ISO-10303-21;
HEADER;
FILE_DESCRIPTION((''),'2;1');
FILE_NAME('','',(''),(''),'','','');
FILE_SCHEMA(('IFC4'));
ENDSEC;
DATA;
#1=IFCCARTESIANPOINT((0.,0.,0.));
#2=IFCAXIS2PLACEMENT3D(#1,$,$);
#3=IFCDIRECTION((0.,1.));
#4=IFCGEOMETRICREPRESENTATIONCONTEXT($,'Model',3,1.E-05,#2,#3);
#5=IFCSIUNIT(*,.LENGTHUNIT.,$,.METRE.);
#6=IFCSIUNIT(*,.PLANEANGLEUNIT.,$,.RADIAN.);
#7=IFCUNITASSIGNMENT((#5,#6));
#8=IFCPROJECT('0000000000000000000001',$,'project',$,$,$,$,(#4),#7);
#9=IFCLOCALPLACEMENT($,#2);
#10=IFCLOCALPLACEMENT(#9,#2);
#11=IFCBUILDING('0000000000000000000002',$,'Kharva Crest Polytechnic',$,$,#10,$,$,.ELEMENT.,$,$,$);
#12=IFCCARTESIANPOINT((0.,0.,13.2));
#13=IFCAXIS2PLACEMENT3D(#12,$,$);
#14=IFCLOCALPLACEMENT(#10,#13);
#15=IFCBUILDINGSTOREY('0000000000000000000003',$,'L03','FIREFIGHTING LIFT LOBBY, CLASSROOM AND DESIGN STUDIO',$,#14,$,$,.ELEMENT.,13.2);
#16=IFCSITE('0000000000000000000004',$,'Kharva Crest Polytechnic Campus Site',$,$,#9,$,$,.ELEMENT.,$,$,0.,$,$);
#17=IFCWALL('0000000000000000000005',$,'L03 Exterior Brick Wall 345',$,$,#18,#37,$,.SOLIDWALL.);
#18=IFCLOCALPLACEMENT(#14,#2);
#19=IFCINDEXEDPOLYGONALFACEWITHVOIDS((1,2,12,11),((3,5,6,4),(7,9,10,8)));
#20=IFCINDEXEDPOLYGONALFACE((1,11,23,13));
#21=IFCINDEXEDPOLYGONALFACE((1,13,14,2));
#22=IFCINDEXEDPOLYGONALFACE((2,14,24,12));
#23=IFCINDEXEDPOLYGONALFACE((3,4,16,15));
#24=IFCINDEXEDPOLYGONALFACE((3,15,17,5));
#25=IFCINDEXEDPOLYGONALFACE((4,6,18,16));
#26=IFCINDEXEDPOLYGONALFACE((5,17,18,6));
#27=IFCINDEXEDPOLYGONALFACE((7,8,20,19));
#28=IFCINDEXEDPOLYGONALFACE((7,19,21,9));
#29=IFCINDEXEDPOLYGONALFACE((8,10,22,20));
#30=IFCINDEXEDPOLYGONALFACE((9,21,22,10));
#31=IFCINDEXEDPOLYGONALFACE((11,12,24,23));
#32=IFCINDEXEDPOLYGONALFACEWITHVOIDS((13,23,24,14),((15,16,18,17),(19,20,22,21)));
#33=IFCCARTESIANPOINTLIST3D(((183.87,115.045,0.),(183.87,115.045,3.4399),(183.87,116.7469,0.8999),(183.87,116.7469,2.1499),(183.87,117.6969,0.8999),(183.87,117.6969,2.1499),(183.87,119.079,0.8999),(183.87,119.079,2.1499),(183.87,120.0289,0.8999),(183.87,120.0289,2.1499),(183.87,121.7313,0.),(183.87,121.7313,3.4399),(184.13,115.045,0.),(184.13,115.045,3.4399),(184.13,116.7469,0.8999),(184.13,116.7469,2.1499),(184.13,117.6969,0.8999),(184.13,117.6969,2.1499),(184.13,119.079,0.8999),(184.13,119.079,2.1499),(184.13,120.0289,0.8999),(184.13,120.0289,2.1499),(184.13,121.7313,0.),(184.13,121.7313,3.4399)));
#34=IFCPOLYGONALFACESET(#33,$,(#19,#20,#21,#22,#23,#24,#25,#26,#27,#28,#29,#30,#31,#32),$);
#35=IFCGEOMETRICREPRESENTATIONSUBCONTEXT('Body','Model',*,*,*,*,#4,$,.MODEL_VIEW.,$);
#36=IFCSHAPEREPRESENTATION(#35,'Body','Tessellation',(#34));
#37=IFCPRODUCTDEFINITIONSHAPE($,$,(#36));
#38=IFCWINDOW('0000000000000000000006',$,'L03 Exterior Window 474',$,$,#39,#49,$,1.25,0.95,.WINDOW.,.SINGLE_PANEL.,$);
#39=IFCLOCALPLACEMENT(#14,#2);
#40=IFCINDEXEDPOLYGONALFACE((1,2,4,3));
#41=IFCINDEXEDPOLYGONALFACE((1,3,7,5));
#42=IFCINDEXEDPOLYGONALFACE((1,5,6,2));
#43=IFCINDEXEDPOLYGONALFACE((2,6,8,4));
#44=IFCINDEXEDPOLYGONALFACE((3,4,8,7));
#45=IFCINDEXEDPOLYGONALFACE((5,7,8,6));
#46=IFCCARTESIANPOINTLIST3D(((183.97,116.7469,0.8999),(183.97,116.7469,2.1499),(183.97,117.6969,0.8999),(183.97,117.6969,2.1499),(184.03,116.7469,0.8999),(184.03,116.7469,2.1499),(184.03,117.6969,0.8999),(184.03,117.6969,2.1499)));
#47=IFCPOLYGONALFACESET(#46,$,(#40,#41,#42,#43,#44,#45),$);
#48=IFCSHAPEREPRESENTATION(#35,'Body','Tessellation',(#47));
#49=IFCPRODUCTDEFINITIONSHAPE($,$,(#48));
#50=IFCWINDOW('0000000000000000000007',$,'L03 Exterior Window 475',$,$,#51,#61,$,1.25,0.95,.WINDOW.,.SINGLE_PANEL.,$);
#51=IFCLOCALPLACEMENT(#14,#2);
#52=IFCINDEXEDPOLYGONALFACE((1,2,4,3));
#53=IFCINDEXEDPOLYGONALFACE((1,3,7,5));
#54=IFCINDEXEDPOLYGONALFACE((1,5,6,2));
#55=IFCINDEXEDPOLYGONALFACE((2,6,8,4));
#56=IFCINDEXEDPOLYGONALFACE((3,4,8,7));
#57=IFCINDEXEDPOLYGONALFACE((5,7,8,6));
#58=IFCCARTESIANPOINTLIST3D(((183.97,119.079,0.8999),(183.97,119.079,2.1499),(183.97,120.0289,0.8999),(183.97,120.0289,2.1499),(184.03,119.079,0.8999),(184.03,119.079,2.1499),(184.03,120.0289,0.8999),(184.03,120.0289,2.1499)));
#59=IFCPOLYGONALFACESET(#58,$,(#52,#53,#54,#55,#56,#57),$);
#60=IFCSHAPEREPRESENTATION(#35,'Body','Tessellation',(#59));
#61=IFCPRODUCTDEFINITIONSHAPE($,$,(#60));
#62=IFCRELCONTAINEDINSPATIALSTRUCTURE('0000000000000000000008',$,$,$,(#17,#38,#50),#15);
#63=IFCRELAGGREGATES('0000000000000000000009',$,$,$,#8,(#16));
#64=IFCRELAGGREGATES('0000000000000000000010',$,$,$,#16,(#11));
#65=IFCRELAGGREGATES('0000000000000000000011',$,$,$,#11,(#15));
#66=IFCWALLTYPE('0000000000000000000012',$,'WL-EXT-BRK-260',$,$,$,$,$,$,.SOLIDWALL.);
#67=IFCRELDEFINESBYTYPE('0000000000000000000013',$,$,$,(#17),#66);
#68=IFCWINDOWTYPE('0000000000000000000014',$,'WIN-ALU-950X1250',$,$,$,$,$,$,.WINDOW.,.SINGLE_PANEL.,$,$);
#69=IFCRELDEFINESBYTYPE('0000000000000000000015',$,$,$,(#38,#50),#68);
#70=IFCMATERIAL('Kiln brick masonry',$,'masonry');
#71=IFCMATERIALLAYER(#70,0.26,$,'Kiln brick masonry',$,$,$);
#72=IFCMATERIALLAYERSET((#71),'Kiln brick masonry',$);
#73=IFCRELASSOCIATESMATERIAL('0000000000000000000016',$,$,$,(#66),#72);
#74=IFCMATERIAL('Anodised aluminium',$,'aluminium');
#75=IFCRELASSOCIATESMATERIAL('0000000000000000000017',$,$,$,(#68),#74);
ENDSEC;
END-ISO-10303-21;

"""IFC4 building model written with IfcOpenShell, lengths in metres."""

from ifc_helpers import new_model, si_unit, direction, frame, frame_2d, origin, place, context, subcontext, project, spatial, rectangle, extrude, material, layer, layer_set, type_object, element, fill, save


model = new_model("IFC4")

# Units and contexts
model_context = context("Model", 3, precision=1e-05, world=origin(), true_north=direction((0.0, 1.0)))
body_context = subcontext(model_context, "Body", "Model", "MODEL_VIEW")
ifc_project = project(units=[si_unit("LENGTHUNIT", "METRE"), si_unit("PLANEANGLEUNIT", "RADIAN")], contexts=[model_context])

# Site, building, storey
site_placement = place(None, origin())
site = spatial("IfcSite", under=ifc_project, at=site_placement, Name="Kharva Crest Polytechnic Campus Site", CompositionType="ELEMENT", RefElevation=0.0)
building_placement = place(site_placement, origin())
building = spatial("IfcBuilding", under=site, at=building_placement, Name="Kharva Crest Polytechnic", CompositionType="ELEMENT")
storey_placement = place(building_placement, frame((0.0, 0.0, 13.2)))
storey = spatial("IfcBuildingStorey", under=building, at=storey_placement, Name="L03", Description="FIREFIGHTING LIFT LOBBY, CLASSROOM AND DESIGN STUDIO", CompositionType="ELEMENT", Elevation=13.2)

# Wall, openings, windows
ifc_material_1 = material(Name="Kiln brick masonry", Category="masonry")
ifc_layer_1 = layer(ifc_material_1, 0.26, Name="Kiln brick masonry")
ifc_layer_set_1 = layer_set([ifc_layer_1], Name="Kiln brick masonry")
wall_type = type_object("IfcWallType", Name="WL-EXT-BRK-260", PredefinedType="SOLIDWALL", material=ifc_layer_set_1)
wall_placement = place(storey_placement, frame((184.0, 115.0449, 0.0), z_axis=(0.0, 0.0, 1.0), x_axis=(0.0, 1.0, 0.0)))
wall = element("IfcWall", 1, at=wall_placement, inside=storey, type_object=wall_type, Name="L03 Exterior Brick Wall 345", PredefinedType="SOLIDWALL", context=body_context, shape_type="SweptSolid", body=[
    extrude(rectangle(XDim=6.6863, YDim=0.26, at=frame_2d((3.3433, 0.0))), origin(), (0.0, 0.0, 1.0), 3.4399),
])
opening_1_placement = place(wall_placement, frame((1.7019, 0.0, 0.8999)))
opening_1 = element("IfcOpeningElement", 2, at=opening_1_placement, cuts=wall, PredefinedType="OPENING", context=body_context, shape_type="SweptSolid", body=[
    extrude(rectangle(XDim=0.95, YDim=1.25, at=frame_2d((0.4751, 0.625))), frame((0.0, 0.1399, 0.0), z_axis=(0.0, -1.0, 0.0), x_axis=(1.0, 0.0, 0.0)), (0.0, 0.0, 1.0), 0.28),
])
opening_2_placement = place(wall_placement, frame((4.0339, 0.0, 0.8999)))
opening_2 = element("IfcOpeningElement", 3, at=opening_2_placement, cuts=wall, PredefinedType="OPENING", context=body_context, shape_type="SweptSolid", body=[
    extrude(rectangle(XDim=0.95, YDim=1.25, at=frame_2d((0.4751, 0.625))), frame((0.0, 0.1399, 0.0), z_axis=(0.0, -1.0, 0.0), x_axis=(1.0, 0.0, 0.0)), (0.0, 0.0, 1.0), 0.28),
])
ifc_material_2 = material(Name="Anodised aluminium", Category="aluminium")
window_type = type_object("IfcWindowType", Name="WIN-ALU-950X1250", PartitioningType="SINGLE_PANEL", PredefinedType="WINDOW", material=ifc_material_2)
window_1_placement = place(opening_1_placement, origin())
window_1 = element("IfcWindow", 4, at=window_1_placement, inside=storey, type_object=window_type, Name="L03 Exterior Window 474", OverallHeight=1.25, OverallWidth=0.95, PartitioningType="SINGLE_PANEL", PredefinedType="WINDOW", context=body_context, shape_type="SweptSolid", body=[
    extrude(rectangle(XDim=0.95, YDim=1.25, at=frame_2d((0.4751, 0.625))), frame((0.0, 0.03, 0.0), z_axis=(0.0, -1.0, 0.0), x_axis=(1.0, 0.0, 0.0)), (0.0, 0.0, 1.0), 0.0601),
])
fill(opening_1, window_1)
window_2_placement = place(opening_2_placement, origin())
window_2 = element("IfcWindow", 5, at=window_2_placement, inside=storey, type_object=window_type, Name="L03 Exterior Window 475", OverallHeight=1.25, OverallWidth=0.95, PartitioningType="SINGLE_PANEL", PredefinedType="WINDOW", context=body_context, shape_type="SweptSolid", body=[
    extrude(rectangle(XDim=0.95, YDim=1.25, at=frame_2d((0.4751, 0.625))), frame((0.0, 0.03, 0.0), z_axis=(0.0, -1.0, 0.0), x_axis=(1.0, 0.0, 0.0)), (0.0, 0.0, 1.0), 0.0601),
])
fill(opening_2, window_2)

save(model, "model.ifc")
